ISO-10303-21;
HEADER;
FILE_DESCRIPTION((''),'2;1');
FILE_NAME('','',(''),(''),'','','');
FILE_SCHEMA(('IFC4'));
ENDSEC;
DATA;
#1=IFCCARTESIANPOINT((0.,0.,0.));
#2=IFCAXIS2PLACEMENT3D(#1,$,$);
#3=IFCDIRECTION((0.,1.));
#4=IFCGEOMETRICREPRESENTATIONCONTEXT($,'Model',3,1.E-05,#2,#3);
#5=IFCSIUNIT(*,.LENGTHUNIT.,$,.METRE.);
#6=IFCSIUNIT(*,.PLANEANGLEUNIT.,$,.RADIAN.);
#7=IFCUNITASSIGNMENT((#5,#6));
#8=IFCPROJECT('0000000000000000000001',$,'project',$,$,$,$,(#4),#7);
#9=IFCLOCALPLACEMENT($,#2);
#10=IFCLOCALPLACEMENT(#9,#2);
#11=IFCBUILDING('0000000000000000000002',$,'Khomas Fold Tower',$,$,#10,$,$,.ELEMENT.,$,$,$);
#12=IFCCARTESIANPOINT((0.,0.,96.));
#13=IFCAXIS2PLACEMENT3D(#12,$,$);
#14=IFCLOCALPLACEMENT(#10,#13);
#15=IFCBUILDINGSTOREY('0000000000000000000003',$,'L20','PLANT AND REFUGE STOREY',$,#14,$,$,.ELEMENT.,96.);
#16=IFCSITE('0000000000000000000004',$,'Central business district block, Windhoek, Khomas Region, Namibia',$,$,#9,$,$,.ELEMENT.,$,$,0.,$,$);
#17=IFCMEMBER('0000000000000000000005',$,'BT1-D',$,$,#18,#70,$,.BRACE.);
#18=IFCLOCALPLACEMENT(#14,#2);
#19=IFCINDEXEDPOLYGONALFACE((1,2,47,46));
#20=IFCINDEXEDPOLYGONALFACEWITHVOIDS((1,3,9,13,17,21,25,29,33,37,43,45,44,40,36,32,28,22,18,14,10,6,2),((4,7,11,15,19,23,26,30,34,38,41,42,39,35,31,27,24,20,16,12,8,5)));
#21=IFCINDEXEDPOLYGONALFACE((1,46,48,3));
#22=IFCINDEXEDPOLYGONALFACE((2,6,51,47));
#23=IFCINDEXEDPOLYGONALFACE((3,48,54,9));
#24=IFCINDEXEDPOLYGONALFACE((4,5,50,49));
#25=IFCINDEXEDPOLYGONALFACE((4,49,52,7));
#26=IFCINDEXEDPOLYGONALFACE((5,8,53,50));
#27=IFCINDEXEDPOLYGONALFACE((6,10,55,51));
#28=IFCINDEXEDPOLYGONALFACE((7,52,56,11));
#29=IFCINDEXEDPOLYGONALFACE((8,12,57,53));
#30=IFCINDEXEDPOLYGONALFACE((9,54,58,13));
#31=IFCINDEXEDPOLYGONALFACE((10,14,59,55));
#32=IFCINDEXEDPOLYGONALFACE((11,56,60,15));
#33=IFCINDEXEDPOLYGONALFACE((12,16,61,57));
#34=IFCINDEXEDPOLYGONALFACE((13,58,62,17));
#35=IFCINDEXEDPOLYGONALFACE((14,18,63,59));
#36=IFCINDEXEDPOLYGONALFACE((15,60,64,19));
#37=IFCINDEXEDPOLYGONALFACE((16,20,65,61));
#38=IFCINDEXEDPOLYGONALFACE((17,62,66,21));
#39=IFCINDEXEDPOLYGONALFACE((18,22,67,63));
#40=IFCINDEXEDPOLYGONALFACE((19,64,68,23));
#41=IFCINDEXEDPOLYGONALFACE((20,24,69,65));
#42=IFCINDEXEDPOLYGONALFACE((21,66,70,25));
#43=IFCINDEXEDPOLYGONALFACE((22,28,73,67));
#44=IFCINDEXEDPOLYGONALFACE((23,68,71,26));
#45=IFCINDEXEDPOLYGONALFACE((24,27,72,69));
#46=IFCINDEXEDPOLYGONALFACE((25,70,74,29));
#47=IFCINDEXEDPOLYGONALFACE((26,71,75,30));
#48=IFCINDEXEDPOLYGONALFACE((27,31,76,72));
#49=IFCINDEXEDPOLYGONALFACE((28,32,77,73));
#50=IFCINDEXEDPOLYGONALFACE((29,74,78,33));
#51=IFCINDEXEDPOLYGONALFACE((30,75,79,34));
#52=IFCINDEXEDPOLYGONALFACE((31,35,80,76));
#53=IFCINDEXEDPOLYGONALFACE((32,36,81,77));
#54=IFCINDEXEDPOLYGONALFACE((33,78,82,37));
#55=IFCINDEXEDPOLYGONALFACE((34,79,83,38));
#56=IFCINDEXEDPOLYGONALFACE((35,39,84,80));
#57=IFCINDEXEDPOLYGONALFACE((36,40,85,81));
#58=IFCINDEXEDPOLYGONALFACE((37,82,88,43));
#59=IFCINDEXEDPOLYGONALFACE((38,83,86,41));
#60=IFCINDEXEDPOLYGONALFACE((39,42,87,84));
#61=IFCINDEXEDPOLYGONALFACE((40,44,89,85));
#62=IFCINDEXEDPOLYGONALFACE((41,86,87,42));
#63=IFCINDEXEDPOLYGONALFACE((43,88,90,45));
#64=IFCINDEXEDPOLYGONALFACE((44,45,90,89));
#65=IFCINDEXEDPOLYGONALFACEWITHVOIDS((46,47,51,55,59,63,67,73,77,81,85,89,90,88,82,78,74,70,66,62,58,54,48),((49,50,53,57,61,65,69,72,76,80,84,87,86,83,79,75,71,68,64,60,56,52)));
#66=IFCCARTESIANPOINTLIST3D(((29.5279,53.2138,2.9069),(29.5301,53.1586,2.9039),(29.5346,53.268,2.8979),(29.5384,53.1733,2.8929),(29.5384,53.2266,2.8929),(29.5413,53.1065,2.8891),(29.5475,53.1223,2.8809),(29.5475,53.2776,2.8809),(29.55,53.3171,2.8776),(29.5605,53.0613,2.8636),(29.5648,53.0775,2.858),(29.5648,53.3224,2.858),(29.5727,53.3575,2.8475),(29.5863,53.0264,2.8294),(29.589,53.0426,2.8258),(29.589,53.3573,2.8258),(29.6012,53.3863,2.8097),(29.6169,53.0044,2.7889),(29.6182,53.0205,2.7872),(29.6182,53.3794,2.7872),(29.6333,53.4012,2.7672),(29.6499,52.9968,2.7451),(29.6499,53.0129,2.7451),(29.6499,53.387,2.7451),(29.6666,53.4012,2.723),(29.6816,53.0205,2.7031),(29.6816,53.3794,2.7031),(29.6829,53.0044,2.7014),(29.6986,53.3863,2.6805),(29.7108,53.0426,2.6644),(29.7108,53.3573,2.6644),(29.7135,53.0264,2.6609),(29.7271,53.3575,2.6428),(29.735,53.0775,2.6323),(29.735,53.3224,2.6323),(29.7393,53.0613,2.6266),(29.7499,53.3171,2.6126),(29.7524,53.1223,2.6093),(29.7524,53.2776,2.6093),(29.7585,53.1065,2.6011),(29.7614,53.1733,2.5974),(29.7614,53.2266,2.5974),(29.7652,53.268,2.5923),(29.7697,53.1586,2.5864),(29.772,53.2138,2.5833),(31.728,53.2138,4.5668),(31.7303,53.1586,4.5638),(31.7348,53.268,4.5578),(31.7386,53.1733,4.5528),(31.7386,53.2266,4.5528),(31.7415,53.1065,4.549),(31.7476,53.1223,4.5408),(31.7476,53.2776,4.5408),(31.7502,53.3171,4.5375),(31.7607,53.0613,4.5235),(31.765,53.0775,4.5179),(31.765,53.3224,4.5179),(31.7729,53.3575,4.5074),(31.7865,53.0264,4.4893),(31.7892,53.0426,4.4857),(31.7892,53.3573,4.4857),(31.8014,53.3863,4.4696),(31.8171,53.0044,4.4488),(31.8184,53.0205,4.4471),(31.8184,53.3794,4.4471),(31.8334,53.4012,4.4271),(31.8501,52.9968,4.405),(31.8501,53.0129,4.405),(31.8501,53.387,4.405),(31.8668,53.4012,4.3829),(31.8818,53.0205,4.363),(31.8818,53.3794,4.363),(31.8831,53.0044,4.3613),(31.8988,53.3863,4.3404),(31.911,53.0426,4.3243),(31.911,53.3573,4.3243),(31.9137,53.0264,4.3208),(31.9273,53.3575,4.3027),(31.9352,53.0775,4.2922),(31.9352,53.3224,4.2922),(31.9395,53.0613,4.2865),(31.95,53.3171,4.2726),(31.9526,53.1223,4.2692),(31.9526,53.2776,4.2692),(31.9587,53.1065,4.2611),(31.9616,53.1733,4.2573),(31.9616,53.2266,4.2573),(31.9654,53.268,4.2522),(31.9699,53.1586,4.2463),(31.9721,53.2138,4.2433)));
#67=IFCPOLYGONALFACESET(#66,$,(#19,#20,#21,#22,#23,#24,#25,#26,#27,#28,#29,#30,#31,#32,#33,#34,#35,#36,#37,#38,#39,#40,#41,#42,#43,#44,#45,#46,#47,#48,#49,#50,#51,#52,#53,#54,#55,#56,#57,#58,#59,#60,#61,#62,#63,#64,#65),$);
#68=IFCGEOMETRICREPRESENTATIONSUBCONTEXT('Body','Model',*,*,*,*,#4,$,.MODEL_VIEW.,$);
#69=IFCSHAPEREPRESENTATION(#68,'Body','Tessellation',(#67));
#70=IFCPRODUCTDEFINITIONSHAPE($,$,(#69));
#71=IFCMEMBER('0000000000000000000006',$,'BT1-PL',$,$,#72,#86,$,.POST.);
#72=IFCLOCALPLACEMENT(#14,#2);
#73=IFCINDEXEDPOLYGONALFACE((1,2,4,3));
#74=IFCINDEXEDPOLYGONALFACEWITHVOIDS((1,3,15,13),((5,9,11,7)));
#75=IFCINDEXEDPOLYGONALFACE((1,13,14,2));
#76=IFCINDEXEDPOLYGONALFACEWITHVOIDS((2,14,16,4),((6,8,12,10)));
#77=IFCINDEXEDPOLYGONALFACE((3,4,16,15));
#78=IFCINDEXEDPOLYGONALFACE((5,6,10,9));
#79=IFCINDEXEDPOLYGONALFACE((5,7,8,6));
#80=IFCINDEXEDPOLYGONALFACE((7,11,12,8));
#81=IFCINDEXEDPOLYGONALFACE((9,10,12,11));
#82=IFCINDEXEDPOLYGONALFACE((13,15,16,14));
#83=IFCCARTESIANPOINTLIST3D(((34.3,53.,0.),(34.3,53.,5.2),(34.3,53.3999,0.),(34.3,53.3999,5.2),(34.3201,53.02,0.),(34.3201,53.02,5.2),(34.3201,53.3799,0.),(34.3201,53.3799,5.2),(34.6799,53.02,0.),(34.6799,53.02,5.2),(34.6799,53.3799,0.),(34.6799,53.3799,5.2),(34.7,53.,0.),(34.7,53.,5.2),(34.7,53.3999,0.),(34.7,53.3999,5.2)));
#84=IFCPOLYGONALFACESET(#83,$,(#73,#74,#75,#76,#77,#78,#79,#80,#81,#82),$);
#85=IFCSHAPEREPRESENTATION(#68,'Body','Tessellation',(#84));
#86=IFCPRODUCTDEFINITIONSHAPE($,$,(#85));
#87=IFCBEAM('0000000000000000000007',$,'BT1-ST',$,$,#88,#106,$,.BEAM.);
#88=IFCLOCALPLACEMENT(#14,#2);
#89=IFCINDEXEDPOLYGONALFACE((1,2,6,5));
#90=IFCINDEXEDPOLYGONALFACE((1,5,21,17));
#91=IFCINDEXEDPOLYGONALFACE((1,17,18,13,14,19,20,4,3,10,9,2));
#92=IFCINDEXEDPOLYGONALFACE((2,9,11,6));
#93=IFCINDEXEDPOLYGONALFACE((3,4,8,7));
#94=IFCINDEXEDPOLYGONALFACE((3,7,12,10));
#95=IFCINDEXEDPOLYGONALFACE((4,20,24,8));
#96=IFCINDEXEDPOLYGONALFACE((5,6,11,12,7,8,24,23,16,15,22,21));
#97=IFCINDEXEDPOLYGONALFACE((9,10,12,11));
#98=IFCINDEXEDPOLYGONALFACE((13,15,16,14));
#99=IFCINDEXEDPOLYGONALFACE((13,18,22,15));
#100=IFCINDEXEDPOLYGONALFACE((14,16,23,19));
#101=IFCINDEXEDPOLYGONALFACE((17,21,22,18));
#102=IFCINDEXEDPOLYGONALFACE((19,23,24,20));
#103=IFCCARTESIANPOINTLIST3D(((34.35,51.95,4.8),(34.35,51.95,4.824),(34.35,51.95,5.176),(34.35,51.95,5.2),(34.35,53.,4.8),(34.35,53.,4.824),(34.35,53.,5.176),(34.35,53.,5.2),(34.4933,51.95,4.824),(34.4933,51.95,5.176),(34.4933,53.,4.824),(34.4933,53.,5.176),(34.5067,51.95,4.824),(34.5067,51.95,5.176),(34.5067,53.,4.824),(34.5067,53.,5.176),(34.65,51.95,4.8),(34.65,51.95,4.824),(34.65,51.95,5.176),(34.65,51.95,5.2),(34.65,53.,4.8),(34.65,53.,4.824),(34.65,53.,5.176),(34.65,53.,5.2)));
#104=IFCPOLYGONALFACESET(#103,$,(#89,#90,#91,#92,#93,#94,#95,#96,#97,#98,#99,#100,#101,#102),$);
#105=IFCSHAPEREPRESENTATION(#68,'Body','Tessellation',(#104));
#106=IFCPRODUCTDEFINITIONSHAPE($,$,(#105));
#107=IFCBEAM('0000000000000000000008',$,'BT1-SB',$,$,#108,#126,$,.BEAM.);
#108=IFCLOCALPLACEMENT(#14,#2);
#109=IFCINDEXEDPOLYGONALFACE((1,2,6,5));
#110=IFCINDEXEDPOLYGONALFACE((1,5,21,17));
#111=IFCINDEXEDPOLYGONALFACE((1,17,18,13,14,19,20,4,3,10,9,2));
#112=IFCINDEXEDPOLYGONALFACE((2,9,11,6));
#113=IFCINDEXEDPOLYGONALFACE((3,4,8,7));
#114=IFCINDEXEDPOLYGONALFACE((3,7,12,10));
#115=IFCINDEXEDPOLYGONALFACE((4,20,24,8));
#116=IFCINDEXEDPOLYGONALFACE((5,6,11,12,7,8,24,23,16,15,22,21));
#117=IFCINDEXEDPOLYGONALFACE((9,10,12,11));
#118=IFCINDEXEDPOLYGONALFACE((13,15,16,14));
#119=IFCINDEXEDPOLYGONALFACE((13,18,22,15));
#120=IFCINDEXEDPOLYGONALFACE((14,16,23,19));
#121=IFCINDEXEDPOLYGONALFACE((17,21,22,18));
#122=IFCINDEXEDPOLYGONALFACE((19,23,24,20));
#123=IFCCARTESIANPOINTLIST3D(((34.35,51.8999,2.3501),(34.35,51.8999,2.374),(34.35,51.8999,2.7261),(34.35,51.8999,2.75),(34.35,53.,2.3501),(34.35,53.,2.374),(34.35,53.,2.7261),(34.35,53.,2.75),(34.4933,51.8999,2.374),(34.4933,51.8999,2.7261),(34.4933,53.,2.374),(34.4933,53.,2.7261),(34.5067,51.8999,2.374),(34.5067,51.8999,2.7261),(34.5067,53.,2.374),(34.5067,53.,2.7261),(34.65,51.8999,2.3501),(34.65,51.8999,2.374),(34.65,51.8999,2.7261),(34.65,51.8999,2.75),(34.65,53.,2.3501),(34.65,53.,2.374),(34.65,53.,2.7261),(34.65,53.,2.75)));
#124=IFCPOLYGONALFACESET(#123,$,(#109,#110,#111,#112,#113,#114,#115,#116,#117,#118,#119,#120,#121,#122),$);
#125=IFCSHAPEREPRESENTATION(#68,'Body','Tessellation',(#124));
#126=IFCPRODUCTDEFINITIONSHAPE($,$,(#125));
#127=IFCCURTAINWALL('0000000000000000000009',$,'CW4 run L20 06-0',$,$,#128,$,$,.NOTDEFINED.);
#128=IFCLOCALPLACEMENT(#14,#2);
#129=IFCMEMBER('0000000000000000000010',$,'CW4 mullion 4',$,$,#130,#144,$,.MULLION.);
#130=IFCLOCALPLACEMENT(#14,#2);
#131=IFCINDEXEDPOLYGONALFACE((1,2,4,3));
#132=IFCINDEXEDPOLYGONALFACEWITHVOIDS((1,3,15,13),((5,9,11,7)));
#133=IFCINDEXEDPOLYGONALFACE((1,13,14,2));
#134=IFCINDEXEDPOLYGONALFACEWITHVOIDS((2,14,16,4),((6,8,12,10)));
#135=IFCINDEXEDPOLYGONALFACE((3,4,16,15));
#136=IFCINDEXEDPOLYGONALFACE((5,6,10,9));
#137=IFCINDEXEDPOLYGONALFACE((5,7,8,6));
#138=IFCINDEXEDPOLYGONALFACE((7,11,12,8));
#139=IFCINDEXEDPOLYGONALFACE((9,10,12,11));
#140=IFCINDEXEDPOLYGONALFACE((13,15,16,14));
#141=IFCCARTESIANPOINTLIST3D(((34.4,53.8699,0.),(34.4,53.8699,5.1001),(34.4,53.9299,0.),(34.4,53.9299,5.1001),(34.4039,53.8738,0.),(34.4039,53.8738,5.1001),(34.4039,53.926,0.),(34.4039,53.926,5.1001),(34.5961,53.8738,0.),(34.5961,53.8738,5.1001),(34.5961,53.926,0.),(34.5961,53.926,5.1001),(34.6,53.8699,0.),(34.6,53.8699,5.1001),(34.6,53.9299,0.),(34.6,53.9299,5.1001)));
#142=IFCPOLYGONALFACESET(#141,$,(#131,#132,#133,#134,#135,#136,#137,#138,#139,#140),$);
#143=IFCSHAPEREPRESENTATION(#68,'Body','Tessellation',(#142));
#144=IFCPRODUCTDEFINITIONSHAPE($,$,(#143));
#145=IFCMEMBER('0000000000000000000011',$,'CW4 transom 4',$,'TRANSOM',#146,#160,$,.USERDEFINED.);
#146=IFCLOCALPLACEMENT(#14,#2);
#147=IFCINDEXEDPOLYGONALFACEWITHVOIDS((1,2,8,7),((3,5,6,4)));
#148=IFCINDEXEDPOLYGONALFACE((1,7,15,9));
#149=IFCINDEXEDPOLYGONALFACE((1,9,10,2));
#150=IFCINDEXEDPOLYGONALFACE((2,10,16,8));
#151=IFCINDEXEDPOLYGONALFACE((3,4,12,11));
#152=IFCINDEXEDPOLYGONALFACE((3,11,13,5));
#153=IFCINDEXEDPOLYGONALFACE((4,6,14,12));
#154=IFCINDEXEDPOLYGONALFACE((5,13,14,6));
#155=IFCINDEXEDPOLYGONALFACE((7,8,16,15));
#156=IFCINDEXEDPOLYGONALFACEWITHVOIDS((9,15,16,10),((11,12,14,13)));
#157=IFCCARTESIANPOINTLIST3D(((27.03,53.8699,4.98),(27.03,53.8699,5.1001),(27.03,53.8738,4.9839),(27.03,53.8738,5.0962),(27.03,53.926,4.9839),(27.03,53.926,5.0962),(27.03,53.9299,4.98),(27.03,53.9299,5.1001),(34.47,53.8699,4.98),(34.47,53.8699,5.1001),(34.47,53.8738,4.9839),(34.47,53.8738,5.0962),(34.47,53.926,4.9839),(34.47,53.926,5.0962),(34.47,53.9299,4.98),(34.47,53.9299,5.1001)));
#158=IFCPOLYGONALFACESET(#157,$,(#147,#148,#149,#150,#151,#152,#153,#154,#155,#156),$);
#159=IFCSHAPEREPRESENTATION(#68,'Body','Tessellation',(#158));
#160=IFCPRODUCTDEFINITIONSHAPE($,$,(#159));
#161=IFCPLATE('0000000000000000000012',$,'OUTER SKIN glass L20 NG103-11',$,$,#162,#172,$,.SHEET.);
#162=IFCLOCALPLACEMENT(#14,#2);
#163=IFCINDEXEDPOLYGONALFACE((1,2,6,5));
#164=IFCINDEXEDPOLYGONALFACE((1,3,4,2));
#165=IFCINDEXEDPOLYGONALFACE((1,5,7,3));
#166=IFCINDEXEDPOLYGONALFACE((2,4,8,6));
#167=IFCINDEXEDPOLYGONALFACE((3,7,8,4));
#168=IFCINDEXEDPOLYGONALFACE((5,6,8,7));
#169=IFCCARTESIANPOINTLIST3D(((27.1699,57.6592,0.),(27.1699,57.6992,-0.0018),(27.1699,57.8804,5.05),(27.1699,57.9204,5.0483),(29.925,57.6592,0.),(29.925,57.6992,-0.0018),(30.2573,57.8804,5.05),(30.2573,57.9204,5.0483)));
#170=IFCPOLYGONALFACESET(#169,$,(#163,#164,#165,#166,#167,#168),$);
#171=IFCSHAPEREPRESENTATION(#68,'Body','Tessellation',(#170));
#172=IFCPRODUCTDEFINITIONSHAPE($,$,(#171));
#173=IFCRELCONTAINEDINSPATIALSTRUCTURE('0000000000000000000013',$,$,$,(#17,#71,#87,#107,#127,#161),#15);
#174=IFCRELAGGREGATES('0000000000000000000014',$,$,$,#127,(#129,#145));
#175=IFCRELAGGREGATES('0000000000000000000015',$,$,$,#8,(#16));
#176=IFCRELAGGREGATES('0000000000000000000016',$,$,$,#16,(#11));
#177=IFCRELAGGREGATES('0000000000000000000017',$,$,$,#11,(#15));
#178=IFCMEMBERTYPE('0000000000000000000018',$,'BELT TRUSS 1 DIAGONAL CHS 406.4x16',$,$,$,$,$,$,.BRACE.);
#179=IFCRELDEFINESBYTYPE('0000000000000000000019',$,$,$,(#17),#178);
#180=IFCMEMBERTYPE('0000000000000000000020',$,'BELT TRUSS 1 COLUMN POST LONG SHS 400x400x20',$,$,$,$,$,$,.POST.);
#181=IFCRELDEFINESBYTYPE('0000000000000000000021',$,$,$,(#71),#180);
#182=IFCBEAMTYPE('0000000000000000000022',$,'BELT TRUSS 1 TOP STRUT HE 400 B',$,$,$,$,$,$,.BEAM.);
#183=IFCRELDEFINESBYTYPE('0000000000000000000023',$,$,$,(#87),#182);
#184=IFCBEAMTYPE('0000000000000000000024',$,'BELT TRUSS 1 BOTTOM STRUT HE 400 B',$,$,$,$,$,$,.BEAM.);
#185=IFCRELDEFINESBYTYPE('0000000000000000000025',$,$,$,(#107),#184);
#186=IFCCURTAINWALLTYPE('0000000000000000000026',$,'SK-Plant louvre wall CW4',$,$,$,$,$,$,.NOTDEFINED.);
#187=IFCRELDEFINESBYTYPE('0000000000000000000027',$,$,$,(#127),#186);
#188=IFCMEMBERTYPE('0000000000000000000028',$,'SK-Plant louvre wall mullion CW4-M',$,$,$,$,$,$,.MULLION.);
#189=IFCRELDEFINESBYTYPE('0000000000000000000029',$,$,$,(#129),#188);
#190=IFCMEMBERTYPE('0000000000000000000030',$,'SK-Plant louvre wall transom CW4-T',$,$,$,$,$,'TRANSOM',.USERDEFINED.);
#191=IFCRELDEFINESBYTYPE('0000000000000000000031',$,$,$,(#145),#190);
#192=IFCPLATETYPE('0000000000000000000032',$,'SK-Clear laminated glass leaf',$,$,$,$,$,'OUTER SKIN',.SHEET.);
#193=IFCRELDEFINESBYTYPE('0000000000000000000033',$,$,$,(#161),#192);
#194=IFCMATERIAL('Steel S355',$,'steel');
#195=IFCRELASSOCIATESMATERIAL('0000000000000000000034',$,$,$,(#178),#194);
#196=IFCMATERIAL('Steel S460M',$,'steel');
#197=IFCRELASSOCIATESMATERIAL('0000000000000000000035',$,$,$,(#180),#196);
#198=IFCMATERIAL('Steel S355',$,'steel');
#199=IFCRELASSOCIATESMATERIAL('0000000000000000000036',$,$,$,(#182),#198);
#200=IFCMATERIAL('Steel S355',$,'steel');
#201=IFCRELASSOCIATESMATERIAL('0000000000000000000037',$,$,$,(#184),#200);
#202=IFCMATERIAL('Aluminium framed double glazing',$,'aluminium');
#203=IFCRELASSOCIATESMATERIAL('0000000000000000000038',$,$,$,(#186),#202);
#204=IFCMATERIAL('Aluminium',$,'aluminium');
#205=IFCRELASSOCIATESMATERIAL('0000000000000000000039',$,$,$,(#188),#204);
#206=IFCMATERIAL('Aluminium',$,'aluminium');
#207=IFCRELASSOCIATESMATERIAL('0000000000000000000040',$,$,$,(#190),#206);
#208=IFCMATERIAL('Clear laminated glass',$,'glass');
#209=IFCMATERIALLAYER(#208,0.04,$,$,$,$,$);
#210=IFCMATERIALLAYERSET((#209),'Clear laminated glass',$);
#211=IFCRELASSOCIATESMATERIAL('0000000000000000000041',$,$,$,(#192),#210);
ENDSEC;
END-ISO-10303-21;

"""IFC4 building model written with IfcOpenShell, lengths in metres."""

from ifc_helpers import new_model, si_unit, direction, frame, origin, origin_2d, place, context, subcontext, project, spatial, polyline, hollow_rectangle, hollow_circle, i_section, outline, extrude, source, transform, mapped, material, layer, layer_set, material_profile, profile_set, type_object, element, aggregate, save


model = new_model("IFC4")

# Units and contexts
model_context = context("Model", 3, precision=1e-05, world=origin(), true_north=direction((0.0, 1.0)))
body_context = subcontext(model_context, "Body", "Model", "MODEL_VIEW")
ifc_project = project(units=[si_unit("LENGTHUNIT", "METRE"), si_unit("PLANEANGLEUNIT", "RADIAN")], contexts=[model_context])

# Site, building, storey
site_placement = place(None, origin())
site = spatial("IfcSite", under=ifc_project, at=site_placement, Name="Central business district block, Windhoek, Khomas Region, Namibia", CompositionType="ELEMENT", RefElevation=0.0)
building_placement = place(site_placement, origin())
building = spatial("IfcBuilding", under=site, at=building_placement, Name="Khomas Fold Tower", CompositionType="ELEMENT")
storey_placement = place(building_placement, frame((0.0, 0.0, 96.0)))
storey = spatial("IfcBuildingStorey", under=building, at=storey_placement, Name="L20", Description="PLANT AND REFUGE STOREY", CompositionType="ELEMENT", Elevation=96.0)

# Members
ifc_material_1 = material(Name="Steel S355", Category="steel")
ifc_material_profile_1 = material_profile(ifc_material_1, hollow_circle(Radius=0.2031, WallThickness=0.0161, at=origin_2d()), Name="CHS 406.4x16")
ifc_profile_set_1 = profile_set([ifc_material_profile_1], Name="Steel S355")
member_type_1 = type_object("IfcMemberType", Name="BELT TRUSS 1 DIAGONAL CHS 406.4x16", PredefinedType="BRACE", material=ifc_profile_set_1)
shared_shape_1 = source(origin(), body_context, "Body", "SweptSolid", [
    extrude(hollow_circle(Radius=0.2031, WallThickness=0.0161, at=origin_2d()), origin(), (0.0, 0.0, 1.0), 2.7561),
])
member_1_placement = place(storey_placement, frame((31.8501, 53.2, 4.405), z_axis=(-0.798296, 0.0, -0.602265), x_axis=(0.0, -1.0, 0.0)))
element("IfcMember", 1, at=member_1_placement, inside=storey, type_object=member_type_1, Name="BT1-D", PredefinedType="BRACE", context=body_context, shape_type="MappedRepresentation", body=[
    mapped(shared_shape_1, transform((0.0, 0.0, 0.0))),
])
ifc_material_2 = material(Name="Steel S460M", Category="steel")
ifc_material_profile_2 = material_profile(ifc_material_2, hollow_rectangle(XDim=0.3999, YDim=0.3999, WallThickness=0.02, at=origin_2d()), Name="SHS 400x400x20")
ifc_profile_set_2 = profile_set([ifc_material_profile_2], Name="Steel S460M")
member_type_2 = type_object("IfcMemberType", Name="BELT TRUSS 1 COLUMN POST LONG SHS 400x400x20", PredefinedType="POST", material=ifc_profile_set_2)
shared_shape_2 = source(origin(), body_context, "Body", "SweptSolid", [
    extrude(hollow_rectangle(XDim=0.3999, YDim=0.3999, WallThickness=0.02, at=origin_2d()), origin(), (0.0, 0.0, 1.0), 5.2),
])
member_2_placement = place(storey_placement, frame((34.5, 53.2, 0.0), z_axis=(0.0, 0.0, 1.0), x_axis=(1.0, 0.0, 0.0)))
element("IfcMember", 2, at=member_2_placement, inside=storey, type_object=member_type_2, Name="BT1-PL", PredefinedType="POST", context=body_context, shape_type="MappedRepresentation", body=[
    mapped(shared_shape_2, transform((0.0, 0.0, 0.0))),
])

# Beams
ifc_material_3 = material(Name="Steel S355", Category="steel")
ifc_material_profile_3 = material_profile(ifc_material_3, i_section(OverallWidth=0.3, OverallDepth=0.3999, WebThickness=0.0134, FlangeThickness=0.0239, at=origin_2d()), Name="HE 400 B")
ifc_profile_set_3 = profile_set([ifc_material_profile_3], Name="Steel S355")
beam_type_1 = type_object("IfcBeamType", Name="BELT TRUSS 1 TOP STRUT HE 400 B", PredefinedType="BEAM", material=ifc_profile_set_3)
shared_shape_3 = source(origin(), body_context, "Body", "SweptSolid", [
    extrude(i_section(OverallWidth=0.3, OverallDepth=0.3999, WebThickness=0.0134, FlangeThickness=0.0239, at=origin_2d()), origin(), (0.0, 0.0, 1.0), 1.05),
])
beam_1_placement = place(storey_placement, frame((34.5, 51.95, 5.0), z_axis=(0.0, 1.0, 0.0), x_axis=(-1.0, 0.0, 0.0)))
element("IfcBeam", 3, at=beam_1_placement, inside=storey, type_object=beam_type_1, Name="BT1-ST", PredefinedType="BEAM", context=body_context, shape_type="MappedRepresentation", body=[
    mapped(shared_shape_3, transform((0.0, 0.0, 0.0))),
])
ifc_material_4 = material(Name="Steel S355", Category="steel")
ifc_material_profile_4 = material_profile(ifc_material_4, i_section(OverallWidth=0.3, OverallDepth=0.3999, WebThickness=0.0134, FlangeThickness=0.0239, at=origin_2d()), Name="HE 400 B")
ifc_profile_set_4 = profile_set([ifc_material_profile_4], Name="Steel S355")
beam_type_2 = type_object("IfcBeamType", Name="BELT TRUSS 1 BOTTOM STRUT HE 400 B", PredefinedType="BEAM", material=ifc_profile_set_4)
shared_shape_4 = source(origin(), body_context, "Body", "SweptSolid", [
    extrude(i_section(OverallWidth=0.3, OverallDepth=0.3999, WebThickness=0.0134, FlangeThickness=0.0239, at=origin_2d()), origin(), (0.0, 0.0, 1.0), 1.1001),
])
beam_2_placement = place(storey_placement, frame((34.5, 51.8999, 2.55), z_axis=(0.0, 1.0, 0.0), x_axis=(-1.0, 0.0, 0.0)))
element("IfcBeam", 4, at=beam_2_placement, inside=storey, type_object=beam_type_2, Name="BT1-SB", PredefinedType="BEAM", context=body_context, shape_type="MappedRepresentation", body=[
    mapped(shared_shape_4, transform((0.0, 0.0, 0.0))),
])

# Curtain wall, members
ifc_material_5 = material(Name="Aluminium framed double glazing", Category="aluminium")
curtain_wall_type = type_object("IfcCurtainWallType", Name="SK-Plant louvre wall CW4", PredefinedType="NOTDEFINED", material=ifc_material_5)
curtain_wall_placement = place(storey_placement, origin())
curtain_wall = element("IfcCurtainWall", 5, at=curtain_wall_placement, inside=storey, type_object=curtain_wall_type, Name="CW4 run L20 06-0", PredefinedType="NOTDEFINED")
ifc_material_6 = material(Name="Aluminium", Category="aluminium")
ifc_material_profile_5 = material_profile(ifc_material_6, hollow_rectangle(XDim=0.0601, YDim=0.2, WallThickness=0.0039, at=origin_2d()), Name="SK-Plant louvre wall mullion CW4-M")
ifc_profile_set_5 = profile_set([ifc_material_profile_5], Name="Aluminium")
member_type_3 = type_object("IfcMemberType", Name="SK-Plant louvre wall mullion CW4-M", PredefinedType="MULLION", material=ifc_profile_set_5)
shared_shape_5 = source(origin(), body_context, "Body", "SweptSolid", [
    extrude(hollow_rectangle(XDim=0.0601, YDim=0.2, WallThickness=0.0039, at=origin_2d()), origin(), (0.0, 0.0, 1.0), 5.1001),
])
member_3_placement = place(storey_placement, frame((34.5, 53.8999, 0.0), z_axis=(0.0, 0.0, 1.0), x_axis=(0.0, -1.0, 0.0)))
member_3 = element("IfcMember", 6, at=member_3_placement, type_object=member_type_3, Name="CW4 mullion 4", PredefinedType="MULLION", context=body_context, shape_type="MappedRepresentation", body=[
    mapped(shared_shape_5, transform((0.0, 0.0, 0.0))),
])
ifc_material_7 = material(Name="Aluminium", Category="aluminium")
ifc_material_profile_6 = material_profile(ifc_material_7, hollow_rectangle(XDim=0.0601, YDim=0.1201, WallThickness=0.0039, at=origin_2d()), Name="SK-Plant louvre wall transom CW4-T")
ifc_profile_set_6 = profile_set([ifc_material_profile_6], Name="Aluminium")
member_type_4 = type_object("IfcMemberType", Name="SK-Plant louvre wall transom CW4-T", ElementType="TRANSOM", PredefinedType="USERDEFINED", material=ifc_profile_set_6)
shared_shape_6 = source(origin(), body_context, "Body", "SweptSolid", [
    extrude(hollow_rectangle(XDim=0.0601, YDim=0.1201, WallThickness=0.0039, at=origin_2d()), origin(), (0.0, 0.0, 1.0), 7.4399),
])
member_4_placement = place(storey_placement, frame((34.47, 53.8999, 5.04), z_axis=(-1.0, 0.0, 0.0), x_axis=(0.0, -1.0, 0.0)))
member_4 = element("IfcMember", 7, at=member_4_placement, type_object=member_type_4, Name="CW4 transom 4", ObjectType="TRANSOM", PredefinedType="USERDEFINED", context=body_context, shape_type="MappedRepresentation", body=[
    mapped(shared_shape_6, transform((0.0, 0.0, 0.0))),
])

# Plate
ifc_material_8 = material(Name="Clear laminated glass", Category="glass")
ifc_layer_1 = layer(ifc_material_8, 0.04)
ifc_layer_set_1 = layer_set([ifc_layer_1], Name="Clear laminated glass")
plate_type_1 = type_object("IfcPlateType", Name="SK-Clear laminated glass leaf", ElementType="OUTER SKIN", PredefinedType="SHEET", material=ifc_layer_set_1)
plate_1_placement = place(storey_placement, frame((29.925, 57.6592, 0.0), z_axis=(0.0, -0.999042, 0.043758), x_axis=(-1.0, 0.0, 0.0)))
element("IfcPlate", 8, at=plate_1_placement, inside=storey, type_object=plate_type_1, Name="OUTER SKIN glass L20 NG103-11", PredefinedType="SHEET", context=body_context, shape_type="SweptSolid", body=[
    extrude(outline(polyline([(0.0, 0.0), (2.7551, 0.0), (2.7551, -5.0549), (-0.3323, -5.0549), (0.0, 0.0)])), origin(), (0.0, 0.0, -1.0), 0.04),
])

aggregate(curtain_wall, [member_3, member_4])

save(model, "model.ifc")
